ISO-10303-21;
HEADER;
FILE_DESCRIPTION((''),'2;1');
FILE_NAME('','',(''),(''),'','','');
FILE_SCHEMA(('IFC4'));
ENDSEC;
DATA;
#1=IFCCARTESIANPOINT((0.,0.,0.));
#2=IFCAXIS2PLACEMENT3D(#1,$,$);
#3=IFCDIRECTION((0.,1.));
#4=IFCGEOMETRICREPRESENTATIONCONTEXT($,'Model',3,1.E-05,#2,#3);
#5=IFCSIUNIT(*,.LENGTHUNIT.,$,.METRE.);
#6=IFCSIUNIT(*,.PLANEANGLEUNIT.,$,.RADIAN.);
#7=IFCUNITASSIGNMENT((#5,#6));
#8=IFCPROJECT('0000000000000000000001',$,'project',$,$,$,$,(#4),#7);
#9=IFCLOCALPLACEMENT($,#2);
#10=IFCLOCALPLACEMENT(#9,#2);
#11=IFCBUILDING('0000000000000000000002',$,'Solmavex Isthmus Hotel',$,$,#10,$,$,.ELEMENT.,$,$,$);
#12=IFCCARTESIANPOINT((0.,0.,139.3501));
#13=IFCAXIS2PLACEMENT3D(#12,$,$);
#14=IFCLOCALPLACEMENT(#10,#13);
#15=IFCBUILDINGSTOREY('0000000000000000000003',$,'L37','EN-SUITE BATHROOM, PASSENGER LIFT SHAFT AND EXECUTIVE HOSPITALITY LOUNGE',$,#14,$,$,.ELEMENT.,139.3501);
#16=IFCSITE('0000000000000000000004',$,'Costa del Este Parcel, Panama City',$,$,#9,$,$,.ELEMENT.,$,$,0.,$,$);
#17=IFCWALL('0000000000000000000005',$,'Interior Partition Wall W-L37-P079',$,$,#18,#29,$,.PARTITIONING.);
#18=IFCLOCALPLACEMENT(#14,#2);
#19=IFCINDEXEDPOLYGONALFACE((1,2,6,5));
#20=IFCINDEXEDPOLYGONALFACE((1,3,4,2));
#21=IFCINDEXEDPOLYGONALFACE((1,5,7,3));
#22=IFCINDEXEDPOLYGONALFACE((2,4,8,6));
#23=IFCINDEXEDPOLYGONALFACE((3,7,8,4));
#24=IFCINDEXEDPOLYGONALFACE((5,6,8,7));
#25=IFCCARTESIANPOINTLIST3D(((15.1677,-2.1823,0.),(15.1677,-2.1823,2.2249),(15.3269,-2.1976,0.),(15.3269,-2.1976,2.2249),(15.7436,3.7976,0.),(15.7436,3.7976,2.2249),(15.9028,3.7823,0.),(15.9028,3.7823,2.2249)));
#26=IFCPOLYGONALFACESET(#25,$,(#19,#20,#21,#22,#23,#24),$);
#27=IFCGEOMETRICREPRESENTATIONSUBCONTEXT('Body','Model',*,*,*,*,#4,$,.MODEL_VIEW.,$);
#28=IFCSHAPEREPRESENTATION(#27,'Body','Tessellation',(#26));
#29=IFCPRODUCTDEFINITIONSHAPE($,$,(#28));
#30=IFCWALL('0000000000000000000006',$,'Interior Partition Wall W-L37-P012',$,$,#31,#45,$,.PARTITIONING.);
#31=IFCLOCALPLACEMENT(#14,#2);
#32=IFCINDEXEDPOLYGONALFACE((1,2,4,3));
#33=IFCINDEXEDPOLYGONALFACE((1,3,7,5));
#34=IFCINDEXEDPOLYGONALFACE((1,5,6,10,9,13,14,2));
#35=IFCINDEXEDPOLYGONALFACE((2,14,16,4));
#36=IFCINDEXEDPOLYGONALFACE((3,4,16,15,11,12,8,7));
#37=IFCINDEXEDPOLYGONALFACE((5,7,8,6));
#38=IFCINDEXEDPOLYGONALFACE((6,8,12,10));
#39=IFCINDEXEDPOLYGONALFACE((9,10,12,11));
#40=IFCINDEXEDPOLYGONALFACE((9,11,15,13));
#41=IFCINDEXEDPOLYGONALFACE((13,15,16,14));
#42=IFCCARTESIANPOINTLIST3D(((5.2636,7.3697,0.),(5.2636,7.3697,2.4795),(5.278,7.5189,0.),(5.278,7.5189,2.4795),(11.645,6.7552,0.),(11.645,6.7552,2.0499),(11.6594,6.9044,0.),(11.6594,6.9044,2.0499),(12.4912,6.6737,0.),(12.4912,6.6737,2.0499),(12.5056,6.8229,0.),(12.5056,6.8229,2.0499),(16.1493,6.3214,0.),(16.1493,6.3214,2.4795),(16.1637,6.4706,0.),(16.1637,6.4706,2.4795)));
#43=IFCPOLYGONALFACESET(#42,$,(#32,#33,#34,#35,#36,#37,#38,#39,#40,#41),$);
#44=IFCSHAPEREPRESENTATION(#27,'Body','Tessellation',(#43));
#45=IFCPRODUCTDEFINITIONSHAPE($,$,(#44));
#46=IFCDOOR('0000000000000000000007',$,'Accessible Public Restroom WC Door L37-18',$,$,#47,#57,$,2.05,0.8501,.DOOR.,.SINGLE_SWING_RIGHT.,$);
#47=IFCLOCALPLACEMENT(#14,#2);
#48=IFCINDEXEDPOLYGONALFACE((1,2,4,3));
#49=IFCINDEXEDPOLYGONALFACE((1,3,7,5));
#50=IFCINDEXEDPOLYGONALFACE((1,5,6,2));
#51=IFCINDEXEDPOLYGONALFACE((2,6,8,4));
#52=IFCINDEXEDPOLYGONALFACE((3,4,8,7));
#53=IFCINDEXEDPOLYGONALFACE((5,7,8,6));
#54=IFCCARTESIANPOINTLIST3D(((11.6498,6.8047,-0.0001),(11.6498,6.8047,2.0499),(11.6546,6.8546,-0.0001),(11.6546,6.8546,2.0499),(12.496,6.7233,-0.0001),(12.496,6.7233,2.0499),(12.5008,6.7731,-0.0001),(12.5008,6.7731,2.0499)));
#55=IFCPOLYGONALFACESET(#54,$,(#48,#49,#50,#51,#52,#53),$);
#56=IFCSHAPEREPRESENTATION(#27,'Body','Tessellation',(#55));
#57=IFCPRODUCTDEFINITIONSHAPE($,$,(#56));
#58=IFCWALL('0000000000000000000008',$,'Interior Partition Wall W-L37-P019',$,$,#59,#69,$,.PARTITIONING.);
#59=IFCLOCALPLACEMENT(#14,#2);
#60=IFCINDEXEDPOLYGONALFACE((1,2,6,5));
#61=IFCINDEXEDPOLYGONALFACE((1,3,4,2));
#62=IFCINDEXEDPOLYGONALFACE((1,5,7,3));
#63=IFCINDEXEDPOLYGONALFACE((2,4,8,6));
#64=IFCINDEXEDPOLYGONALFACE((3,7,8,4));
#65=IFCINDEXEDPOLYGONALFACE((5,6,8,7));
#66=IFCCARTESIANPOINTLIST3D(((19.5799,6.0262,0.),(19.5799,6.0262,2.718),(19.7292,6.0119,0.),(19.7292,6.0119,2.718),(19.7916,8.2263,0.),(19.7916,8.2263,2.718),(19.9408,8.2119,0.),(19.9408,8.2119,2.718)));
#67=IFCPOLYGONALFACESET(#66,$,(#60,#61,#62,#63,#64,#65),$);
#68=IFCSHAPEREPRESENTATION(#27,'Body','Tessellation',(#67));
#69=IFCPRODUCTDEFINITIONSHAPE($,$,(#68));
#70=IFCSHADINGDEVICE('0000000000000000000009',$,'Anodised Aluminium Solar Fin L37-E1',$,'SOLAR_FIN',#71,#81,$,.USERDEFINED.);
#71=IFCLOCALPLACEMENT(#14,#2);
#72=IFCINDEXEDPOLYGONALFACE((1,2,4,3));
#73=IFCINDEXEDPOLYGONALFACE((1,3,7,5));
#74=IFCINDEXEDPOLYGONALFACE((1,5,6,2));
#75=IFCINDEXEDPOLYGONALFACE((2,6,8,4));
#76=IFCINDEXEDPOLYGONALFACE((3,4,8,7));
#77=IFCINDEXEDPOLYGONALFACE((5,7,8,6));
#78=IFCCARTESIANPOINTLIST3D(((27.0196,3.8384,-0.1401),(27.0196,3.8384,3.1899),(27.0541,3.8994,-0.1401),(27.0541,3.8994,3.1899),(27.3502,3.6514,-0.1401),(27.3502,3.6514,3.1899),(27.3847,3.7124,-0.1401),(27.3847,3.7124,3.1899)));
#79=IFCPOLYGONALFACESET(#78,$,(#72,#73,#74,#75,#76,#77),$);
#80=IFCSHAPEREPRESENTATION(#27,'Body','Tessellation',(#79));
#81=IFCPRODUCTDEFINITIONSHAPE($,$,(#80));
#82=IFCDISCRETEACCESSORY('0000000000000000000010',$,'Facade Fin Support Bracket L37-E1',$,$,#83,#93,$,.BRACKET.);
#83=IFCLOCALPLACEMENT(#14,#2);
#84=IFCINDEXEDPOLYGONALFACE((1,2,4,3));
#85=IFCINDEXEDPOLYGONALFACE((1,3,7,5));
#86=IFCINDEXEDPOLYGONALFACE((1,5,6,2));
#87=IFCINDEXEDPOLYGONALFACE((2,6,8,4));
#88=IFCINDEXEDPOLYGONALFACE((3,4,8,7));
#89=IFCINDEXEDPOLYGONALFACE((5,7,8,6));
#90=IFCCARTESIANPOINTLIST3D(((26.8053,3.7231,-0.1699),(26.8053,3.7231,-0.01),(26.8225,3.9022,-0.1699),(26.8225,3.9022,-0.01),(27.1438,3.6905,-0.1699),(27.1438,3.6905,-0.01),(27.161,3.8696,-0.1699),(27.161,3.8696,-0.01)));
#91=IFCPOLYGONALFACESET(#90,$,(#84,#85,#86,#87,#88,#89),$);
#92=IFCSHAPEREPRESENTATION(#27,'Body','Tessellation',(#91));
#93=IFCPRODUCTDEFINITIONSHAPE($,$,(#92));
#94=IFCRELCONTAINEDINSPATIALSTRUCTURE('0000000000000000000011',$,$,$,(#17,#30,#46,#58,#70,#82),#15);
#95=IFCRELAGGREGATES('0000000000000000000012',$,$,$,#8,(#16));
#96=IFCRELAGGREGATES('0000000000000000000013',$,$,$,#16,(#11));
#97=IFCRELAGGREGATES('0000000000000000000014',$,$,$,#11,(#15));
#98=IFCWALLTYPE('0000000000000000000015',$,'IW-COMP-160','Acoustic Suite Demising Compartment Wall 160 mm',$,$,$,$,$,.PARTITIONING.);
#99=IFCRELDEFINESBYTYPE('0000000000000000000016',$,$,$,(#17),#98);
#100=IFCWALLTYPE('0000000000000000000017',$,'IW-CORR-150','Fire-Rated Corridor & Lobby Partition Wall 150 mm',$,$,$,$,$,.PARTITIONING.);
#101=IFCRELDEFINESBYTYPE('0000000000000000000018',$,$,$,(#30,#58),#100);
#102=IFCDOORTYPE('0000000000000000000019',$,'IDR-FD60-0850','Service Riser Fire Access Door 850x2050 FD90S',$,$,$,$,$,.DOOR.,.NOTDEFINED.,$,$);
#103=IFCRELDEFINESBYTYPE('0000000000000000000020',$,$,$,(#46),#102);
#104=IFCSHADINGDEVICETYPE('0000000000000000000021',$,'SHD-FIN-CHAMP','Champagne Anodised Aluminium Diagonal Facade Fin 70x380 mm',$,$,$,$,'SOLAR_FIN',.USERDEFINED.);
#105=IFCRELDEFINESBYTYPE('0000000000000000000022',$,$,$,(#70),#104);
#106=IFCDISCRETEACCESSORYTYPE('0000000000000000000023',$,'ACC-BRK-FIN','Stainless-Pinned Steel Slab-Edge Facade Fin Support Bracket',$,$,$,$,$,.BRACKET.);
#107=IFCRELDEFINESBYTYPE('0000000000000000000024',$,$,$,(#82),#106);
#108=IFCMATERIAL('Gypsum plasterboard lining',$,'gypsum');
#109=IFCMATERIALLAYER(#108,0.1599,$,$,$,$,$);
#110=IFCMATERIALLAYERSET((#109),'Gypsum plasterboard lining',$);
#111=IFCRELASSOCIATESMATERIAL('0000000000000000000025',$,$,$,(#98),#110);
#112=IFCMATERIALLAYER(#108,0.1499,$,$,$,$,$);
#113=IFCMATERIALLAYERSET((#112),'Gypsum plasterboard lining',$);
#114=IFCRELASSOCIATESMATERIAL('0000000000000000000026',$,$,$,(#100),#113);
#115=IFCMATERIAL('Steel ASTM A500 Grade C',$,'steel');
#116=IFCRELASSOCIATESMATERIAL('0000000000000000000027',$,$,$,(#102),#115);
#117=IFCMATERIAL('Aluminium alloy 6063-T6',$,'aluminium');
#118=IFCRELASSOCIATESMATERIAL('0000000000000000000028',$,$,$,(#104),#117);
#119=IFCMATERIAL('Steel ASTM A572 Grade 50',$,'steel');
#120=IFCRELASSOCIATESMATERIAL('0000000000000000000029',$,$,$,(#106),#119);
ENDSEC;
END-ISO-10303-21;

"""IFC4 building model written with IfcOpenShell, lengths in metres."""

from ifc_helpers import new_model, si_unit, direction, frame, frame_2d, origin, origin_2d, place, context, subcontext, project, spatial, rectangle, extrude, material, layer, layer_set, type_object, element, fill, save


model = new_model("IFC4")

# Units and contexts
model_context = context("Model", 3, precision=1e-05, world=origin(), true_north=direction((0.0, 1.0)))
body_context = subcontext(model_context, "Body", "Model", "MODEL_VIEW")
ifc_project = project(units=[si_unit("LENGTHUNIT", "METRE"), si_unit("PLANEANGLEUNIT", "RADIAN")], contexts=[model_context])

# Site, building, storey
site_placement = place(None, origin())
site = spatial("IfcSite", under=ifc_project, at=site_placement, Name="Costa del Este Parcel, Panama City", CompositionType="ELEMENT", RefElevation=0.0)
building_placement = place(site_placement, origin())
building = spatial("IfcBuilding", under=site, at=building_placement, Name="Solmavex Isthmus Hotel", CompositionType="ELEMENT")
storey_placement = place(building_placement, frame((0.0, 0.0, 139.3501)))
storey = spatial("IfcBuildingStorey", under=building, at=storey_placement, Name="L37", Description="EN-SUITE BATHROOM, PASSENGER LIFT SHAFT AND EXECUTIVE HOSPITALITY LOUNGE", CompositionType="ELEMENT", Elevation=139.3501)

# Shared definitions
ifc_material_1 = material(Name="Aluminium alloy 6063-T6", Category="aluminium")

# Wall
ifc_material_2 = material(Name="Gypsum plasterboard lining", Category="gypsum")
ifc_layer_1 = layer(ifc_material_2, 0.1599)
ifc_layer_set_1 = layer_set([ifc_layer_1], Name="Gypsum plasterboard lining")
wall_type_1 = type_object("IfcWallType", Name="IW-COMP-160", Description="Acoustic Suite Demising Compartment Wall 160 mm", PredefinedType="PARTITIONING", material=ifc_layer_set_1)
wall_1_placement = place(storey_placement, frame((15.8232, 3.79, 0.0), z_axis=(0.0, 0.0, 1.0), x_axis=(-0.095866, -0.995394, 0.0)))
element("IfcWall", 1, at=wall_1_placement, inside=storey, type_object=wall_type_1, Name="Interior Partition Wall W-L37-P079", PredefinedType="PARTITIONING", context=body_context, shape_type="SweptSolid", body=[
    extrude(rectangle(XDim=6.0076, YDim=0.1599, at=frame_2d((3.0039, 0.0))), origin(), (0.0, 0.0, 1.0), 2.2249),
])

# Wall, opening, door
ifc_layer_2 = layer(ifc_material_2, 0.1499)
ifc_layer_set_2 = layer_set([ifc_layer_2], Name="Gypsum plasterboard lining")
wall_type_2 = type_object("IfcWallType", Name="IW-CORR-150", Description="Fire-Rated Corridor & Lobby Partition Wall 150 mm", PredefinedType="PARTITIONING", material=ifc_layer_set_2)
wall_2_placement = place(storey_placement, frame((16.1565, 6.396, 0.0), z_axis=(0.0, 0.0, 1.0), x_axis=(-0.995395, 0.09586, 0.0)))
wall_2 = element("IfcWall", 2, at=wall_2_placement, inside=storey, type_object=wall_type_2, Name="Interior Partition Wall W-L37-P012", PredefinedType="PARTITIONING", context=body_context, shape_type="SweptSolid", body=[
    extrude(rectangle(XDim=10.936, YDim=0.1499, at=frame_2d((5.468, 0.0))), origin(), (0.0, 0.0, 1.0), 2.4795),
])
opening_1_placement = place(wall_2_placement, frame((3.675, 0.0, 0.0)))
opening_1 = element("IfcOpeningElement", 3, at=opening_1_placement, cuts=wall_2, PredefinedType="OPENING", context=body_context, shape_type="SweptSolid", body=[
    extrude(rectangle(XDim=0.8501, YDim=2.05, at=frame_2d((0.425, 1.0249))), frame((0.0, 0.085, 0.0), z_axis=(0.0, -1.0, 0.0), x_axis=(1.0, 0.0, 0.0)), (0.0, 0.0, 1.0), 0.1699),
])
ifc_material_3 = material(Name="Steel ASTM A500 Grade C", Category="steel")
door_type_1 = type_object("IfcDoorType", Name="IDR-FD60-0850", Description="Service Riser Fire Access Door 850x2050 FD90S", OperationType="NOTDEFINED", PredefinedType="DOOR", material=ifc_material_3)
door_1_placement = place(opening_1_placement, frame((0.8501, 0.0, 0.0), z_axis=(0.0, 0.0, 1.0), x_axis=(-1.0, 0.0, 0.0)))
door_1 = element("IfcDoor", 4, at=door_1_placement, inside=storey, type_object=door_type_1, Name="Accessible Public Restroom WC Door L37-18", OperationType="SINGLE_SWING_RIGHT", OverallHeight=2.05, OverallWidth=0.8501, PredefinedType="DOOR", context=body_context, shape_type="SweptSolid", body=[
    extrude(rectangle(XDim=0.8501, YDim=2.05, at=frame_2d((0.425, 1.0249))), frame((0.0, 0.0249, 0.0), z_axis=(0.0, -1.0, 0.0), x_axis=(1.0, 0.0, 0.0)), (0.0, 0.0, 1.0), 0.05),
])
fill(opening_1, door_1)

# Wall
wall_3_placement = place(storey_placement, frame((19.8662, 8.219, 0.0), z_axis=(0.0, 0.0, 1.0), x_axis=(-0.095773, -0.995403, 0.0)))
element("IfcWall", 5, at=wall_3_placement, inside=storey, type_object=wall_type_2, Name="Interior Partition Wall W-L37-P019", PredefinedType="PARTITIONING", context=body_context, shape_type="SweptSolid", body=[
    extrude(rectangle(XDim=2.2102, YDim=0.1499, at=frame_2d((1.105, 0.0))), origin(), (0.0, 0.0, 1.0), 2.718),
])

# Shading device
shading_device_type = type_object("IfcShadingDeviceType", Name="SHD-FIN-CHAMP", Description="Champagne Anodised Aluminium Diagonal Facade Fin 70x380 mm", ElementType="SOLAR_FIN", PredefinedType="USERDEFINED", material=ifc_material_1)
shading_device_placement = place(storey_placement, frame((27.2021, 3.7754, -0.1401), z_axis=(0.0, 0.0, 1.0), x_axis=(0.870356, -0.492424, 0.0)))
element("IfcShadingDevice", 6, at=shading_device_placement, inside=storey, type_object=shading_device_type, Name="Anodised Aluminium Solar Fin L37-E1", ObjectType="SOLAR_FIN", PredefinedType="USERDEFINED", context=body_context, shape_type="SweptSolid", body=[
    extrude(rectangle(XDim=0.3799, YDim=0.0701, at=origin_2d()), origin(), (0.0, 0.0, 1.0), 3.3301),
])

# Discrete accessory
ifc_material_4 = material(Name="Steel ASTM A572 Grade 50", Category="steel")
discrete_accessory_type = type_object("IfcDiscreteAccessoryType", Name="ACC-BRK-FIN", Description="Stainless-Pinned Steel Slab-Edge Facade Fin Support Bracket", PredefinedType="BRACKET", material=ifc_material_4)
discrete_accessory_placement = place(storey_placement, frame((26.9832, 3.7964, -0.1699), z_axis=(0.0, 0.0, 1.0), x_axis=(0.995396, -0.095846, 0.0)))
element("IfcDiscreteAccessory", 7, at=discrete_accessory_placement, inside=storey, type_object=discrete_accessory_type, Name="Facade Fin Support Bracket L37-E1", PredefinedType="BRACKET", context=body_context, shape_type="SweptSolid", body=[
    extrude(rectangle(XDim=0.3401, YDim=0.1799, at=origin_2d()), origin(), (0.0, 0.0, 1.0), 0.1599),
])

save(model, "model.ifc")
